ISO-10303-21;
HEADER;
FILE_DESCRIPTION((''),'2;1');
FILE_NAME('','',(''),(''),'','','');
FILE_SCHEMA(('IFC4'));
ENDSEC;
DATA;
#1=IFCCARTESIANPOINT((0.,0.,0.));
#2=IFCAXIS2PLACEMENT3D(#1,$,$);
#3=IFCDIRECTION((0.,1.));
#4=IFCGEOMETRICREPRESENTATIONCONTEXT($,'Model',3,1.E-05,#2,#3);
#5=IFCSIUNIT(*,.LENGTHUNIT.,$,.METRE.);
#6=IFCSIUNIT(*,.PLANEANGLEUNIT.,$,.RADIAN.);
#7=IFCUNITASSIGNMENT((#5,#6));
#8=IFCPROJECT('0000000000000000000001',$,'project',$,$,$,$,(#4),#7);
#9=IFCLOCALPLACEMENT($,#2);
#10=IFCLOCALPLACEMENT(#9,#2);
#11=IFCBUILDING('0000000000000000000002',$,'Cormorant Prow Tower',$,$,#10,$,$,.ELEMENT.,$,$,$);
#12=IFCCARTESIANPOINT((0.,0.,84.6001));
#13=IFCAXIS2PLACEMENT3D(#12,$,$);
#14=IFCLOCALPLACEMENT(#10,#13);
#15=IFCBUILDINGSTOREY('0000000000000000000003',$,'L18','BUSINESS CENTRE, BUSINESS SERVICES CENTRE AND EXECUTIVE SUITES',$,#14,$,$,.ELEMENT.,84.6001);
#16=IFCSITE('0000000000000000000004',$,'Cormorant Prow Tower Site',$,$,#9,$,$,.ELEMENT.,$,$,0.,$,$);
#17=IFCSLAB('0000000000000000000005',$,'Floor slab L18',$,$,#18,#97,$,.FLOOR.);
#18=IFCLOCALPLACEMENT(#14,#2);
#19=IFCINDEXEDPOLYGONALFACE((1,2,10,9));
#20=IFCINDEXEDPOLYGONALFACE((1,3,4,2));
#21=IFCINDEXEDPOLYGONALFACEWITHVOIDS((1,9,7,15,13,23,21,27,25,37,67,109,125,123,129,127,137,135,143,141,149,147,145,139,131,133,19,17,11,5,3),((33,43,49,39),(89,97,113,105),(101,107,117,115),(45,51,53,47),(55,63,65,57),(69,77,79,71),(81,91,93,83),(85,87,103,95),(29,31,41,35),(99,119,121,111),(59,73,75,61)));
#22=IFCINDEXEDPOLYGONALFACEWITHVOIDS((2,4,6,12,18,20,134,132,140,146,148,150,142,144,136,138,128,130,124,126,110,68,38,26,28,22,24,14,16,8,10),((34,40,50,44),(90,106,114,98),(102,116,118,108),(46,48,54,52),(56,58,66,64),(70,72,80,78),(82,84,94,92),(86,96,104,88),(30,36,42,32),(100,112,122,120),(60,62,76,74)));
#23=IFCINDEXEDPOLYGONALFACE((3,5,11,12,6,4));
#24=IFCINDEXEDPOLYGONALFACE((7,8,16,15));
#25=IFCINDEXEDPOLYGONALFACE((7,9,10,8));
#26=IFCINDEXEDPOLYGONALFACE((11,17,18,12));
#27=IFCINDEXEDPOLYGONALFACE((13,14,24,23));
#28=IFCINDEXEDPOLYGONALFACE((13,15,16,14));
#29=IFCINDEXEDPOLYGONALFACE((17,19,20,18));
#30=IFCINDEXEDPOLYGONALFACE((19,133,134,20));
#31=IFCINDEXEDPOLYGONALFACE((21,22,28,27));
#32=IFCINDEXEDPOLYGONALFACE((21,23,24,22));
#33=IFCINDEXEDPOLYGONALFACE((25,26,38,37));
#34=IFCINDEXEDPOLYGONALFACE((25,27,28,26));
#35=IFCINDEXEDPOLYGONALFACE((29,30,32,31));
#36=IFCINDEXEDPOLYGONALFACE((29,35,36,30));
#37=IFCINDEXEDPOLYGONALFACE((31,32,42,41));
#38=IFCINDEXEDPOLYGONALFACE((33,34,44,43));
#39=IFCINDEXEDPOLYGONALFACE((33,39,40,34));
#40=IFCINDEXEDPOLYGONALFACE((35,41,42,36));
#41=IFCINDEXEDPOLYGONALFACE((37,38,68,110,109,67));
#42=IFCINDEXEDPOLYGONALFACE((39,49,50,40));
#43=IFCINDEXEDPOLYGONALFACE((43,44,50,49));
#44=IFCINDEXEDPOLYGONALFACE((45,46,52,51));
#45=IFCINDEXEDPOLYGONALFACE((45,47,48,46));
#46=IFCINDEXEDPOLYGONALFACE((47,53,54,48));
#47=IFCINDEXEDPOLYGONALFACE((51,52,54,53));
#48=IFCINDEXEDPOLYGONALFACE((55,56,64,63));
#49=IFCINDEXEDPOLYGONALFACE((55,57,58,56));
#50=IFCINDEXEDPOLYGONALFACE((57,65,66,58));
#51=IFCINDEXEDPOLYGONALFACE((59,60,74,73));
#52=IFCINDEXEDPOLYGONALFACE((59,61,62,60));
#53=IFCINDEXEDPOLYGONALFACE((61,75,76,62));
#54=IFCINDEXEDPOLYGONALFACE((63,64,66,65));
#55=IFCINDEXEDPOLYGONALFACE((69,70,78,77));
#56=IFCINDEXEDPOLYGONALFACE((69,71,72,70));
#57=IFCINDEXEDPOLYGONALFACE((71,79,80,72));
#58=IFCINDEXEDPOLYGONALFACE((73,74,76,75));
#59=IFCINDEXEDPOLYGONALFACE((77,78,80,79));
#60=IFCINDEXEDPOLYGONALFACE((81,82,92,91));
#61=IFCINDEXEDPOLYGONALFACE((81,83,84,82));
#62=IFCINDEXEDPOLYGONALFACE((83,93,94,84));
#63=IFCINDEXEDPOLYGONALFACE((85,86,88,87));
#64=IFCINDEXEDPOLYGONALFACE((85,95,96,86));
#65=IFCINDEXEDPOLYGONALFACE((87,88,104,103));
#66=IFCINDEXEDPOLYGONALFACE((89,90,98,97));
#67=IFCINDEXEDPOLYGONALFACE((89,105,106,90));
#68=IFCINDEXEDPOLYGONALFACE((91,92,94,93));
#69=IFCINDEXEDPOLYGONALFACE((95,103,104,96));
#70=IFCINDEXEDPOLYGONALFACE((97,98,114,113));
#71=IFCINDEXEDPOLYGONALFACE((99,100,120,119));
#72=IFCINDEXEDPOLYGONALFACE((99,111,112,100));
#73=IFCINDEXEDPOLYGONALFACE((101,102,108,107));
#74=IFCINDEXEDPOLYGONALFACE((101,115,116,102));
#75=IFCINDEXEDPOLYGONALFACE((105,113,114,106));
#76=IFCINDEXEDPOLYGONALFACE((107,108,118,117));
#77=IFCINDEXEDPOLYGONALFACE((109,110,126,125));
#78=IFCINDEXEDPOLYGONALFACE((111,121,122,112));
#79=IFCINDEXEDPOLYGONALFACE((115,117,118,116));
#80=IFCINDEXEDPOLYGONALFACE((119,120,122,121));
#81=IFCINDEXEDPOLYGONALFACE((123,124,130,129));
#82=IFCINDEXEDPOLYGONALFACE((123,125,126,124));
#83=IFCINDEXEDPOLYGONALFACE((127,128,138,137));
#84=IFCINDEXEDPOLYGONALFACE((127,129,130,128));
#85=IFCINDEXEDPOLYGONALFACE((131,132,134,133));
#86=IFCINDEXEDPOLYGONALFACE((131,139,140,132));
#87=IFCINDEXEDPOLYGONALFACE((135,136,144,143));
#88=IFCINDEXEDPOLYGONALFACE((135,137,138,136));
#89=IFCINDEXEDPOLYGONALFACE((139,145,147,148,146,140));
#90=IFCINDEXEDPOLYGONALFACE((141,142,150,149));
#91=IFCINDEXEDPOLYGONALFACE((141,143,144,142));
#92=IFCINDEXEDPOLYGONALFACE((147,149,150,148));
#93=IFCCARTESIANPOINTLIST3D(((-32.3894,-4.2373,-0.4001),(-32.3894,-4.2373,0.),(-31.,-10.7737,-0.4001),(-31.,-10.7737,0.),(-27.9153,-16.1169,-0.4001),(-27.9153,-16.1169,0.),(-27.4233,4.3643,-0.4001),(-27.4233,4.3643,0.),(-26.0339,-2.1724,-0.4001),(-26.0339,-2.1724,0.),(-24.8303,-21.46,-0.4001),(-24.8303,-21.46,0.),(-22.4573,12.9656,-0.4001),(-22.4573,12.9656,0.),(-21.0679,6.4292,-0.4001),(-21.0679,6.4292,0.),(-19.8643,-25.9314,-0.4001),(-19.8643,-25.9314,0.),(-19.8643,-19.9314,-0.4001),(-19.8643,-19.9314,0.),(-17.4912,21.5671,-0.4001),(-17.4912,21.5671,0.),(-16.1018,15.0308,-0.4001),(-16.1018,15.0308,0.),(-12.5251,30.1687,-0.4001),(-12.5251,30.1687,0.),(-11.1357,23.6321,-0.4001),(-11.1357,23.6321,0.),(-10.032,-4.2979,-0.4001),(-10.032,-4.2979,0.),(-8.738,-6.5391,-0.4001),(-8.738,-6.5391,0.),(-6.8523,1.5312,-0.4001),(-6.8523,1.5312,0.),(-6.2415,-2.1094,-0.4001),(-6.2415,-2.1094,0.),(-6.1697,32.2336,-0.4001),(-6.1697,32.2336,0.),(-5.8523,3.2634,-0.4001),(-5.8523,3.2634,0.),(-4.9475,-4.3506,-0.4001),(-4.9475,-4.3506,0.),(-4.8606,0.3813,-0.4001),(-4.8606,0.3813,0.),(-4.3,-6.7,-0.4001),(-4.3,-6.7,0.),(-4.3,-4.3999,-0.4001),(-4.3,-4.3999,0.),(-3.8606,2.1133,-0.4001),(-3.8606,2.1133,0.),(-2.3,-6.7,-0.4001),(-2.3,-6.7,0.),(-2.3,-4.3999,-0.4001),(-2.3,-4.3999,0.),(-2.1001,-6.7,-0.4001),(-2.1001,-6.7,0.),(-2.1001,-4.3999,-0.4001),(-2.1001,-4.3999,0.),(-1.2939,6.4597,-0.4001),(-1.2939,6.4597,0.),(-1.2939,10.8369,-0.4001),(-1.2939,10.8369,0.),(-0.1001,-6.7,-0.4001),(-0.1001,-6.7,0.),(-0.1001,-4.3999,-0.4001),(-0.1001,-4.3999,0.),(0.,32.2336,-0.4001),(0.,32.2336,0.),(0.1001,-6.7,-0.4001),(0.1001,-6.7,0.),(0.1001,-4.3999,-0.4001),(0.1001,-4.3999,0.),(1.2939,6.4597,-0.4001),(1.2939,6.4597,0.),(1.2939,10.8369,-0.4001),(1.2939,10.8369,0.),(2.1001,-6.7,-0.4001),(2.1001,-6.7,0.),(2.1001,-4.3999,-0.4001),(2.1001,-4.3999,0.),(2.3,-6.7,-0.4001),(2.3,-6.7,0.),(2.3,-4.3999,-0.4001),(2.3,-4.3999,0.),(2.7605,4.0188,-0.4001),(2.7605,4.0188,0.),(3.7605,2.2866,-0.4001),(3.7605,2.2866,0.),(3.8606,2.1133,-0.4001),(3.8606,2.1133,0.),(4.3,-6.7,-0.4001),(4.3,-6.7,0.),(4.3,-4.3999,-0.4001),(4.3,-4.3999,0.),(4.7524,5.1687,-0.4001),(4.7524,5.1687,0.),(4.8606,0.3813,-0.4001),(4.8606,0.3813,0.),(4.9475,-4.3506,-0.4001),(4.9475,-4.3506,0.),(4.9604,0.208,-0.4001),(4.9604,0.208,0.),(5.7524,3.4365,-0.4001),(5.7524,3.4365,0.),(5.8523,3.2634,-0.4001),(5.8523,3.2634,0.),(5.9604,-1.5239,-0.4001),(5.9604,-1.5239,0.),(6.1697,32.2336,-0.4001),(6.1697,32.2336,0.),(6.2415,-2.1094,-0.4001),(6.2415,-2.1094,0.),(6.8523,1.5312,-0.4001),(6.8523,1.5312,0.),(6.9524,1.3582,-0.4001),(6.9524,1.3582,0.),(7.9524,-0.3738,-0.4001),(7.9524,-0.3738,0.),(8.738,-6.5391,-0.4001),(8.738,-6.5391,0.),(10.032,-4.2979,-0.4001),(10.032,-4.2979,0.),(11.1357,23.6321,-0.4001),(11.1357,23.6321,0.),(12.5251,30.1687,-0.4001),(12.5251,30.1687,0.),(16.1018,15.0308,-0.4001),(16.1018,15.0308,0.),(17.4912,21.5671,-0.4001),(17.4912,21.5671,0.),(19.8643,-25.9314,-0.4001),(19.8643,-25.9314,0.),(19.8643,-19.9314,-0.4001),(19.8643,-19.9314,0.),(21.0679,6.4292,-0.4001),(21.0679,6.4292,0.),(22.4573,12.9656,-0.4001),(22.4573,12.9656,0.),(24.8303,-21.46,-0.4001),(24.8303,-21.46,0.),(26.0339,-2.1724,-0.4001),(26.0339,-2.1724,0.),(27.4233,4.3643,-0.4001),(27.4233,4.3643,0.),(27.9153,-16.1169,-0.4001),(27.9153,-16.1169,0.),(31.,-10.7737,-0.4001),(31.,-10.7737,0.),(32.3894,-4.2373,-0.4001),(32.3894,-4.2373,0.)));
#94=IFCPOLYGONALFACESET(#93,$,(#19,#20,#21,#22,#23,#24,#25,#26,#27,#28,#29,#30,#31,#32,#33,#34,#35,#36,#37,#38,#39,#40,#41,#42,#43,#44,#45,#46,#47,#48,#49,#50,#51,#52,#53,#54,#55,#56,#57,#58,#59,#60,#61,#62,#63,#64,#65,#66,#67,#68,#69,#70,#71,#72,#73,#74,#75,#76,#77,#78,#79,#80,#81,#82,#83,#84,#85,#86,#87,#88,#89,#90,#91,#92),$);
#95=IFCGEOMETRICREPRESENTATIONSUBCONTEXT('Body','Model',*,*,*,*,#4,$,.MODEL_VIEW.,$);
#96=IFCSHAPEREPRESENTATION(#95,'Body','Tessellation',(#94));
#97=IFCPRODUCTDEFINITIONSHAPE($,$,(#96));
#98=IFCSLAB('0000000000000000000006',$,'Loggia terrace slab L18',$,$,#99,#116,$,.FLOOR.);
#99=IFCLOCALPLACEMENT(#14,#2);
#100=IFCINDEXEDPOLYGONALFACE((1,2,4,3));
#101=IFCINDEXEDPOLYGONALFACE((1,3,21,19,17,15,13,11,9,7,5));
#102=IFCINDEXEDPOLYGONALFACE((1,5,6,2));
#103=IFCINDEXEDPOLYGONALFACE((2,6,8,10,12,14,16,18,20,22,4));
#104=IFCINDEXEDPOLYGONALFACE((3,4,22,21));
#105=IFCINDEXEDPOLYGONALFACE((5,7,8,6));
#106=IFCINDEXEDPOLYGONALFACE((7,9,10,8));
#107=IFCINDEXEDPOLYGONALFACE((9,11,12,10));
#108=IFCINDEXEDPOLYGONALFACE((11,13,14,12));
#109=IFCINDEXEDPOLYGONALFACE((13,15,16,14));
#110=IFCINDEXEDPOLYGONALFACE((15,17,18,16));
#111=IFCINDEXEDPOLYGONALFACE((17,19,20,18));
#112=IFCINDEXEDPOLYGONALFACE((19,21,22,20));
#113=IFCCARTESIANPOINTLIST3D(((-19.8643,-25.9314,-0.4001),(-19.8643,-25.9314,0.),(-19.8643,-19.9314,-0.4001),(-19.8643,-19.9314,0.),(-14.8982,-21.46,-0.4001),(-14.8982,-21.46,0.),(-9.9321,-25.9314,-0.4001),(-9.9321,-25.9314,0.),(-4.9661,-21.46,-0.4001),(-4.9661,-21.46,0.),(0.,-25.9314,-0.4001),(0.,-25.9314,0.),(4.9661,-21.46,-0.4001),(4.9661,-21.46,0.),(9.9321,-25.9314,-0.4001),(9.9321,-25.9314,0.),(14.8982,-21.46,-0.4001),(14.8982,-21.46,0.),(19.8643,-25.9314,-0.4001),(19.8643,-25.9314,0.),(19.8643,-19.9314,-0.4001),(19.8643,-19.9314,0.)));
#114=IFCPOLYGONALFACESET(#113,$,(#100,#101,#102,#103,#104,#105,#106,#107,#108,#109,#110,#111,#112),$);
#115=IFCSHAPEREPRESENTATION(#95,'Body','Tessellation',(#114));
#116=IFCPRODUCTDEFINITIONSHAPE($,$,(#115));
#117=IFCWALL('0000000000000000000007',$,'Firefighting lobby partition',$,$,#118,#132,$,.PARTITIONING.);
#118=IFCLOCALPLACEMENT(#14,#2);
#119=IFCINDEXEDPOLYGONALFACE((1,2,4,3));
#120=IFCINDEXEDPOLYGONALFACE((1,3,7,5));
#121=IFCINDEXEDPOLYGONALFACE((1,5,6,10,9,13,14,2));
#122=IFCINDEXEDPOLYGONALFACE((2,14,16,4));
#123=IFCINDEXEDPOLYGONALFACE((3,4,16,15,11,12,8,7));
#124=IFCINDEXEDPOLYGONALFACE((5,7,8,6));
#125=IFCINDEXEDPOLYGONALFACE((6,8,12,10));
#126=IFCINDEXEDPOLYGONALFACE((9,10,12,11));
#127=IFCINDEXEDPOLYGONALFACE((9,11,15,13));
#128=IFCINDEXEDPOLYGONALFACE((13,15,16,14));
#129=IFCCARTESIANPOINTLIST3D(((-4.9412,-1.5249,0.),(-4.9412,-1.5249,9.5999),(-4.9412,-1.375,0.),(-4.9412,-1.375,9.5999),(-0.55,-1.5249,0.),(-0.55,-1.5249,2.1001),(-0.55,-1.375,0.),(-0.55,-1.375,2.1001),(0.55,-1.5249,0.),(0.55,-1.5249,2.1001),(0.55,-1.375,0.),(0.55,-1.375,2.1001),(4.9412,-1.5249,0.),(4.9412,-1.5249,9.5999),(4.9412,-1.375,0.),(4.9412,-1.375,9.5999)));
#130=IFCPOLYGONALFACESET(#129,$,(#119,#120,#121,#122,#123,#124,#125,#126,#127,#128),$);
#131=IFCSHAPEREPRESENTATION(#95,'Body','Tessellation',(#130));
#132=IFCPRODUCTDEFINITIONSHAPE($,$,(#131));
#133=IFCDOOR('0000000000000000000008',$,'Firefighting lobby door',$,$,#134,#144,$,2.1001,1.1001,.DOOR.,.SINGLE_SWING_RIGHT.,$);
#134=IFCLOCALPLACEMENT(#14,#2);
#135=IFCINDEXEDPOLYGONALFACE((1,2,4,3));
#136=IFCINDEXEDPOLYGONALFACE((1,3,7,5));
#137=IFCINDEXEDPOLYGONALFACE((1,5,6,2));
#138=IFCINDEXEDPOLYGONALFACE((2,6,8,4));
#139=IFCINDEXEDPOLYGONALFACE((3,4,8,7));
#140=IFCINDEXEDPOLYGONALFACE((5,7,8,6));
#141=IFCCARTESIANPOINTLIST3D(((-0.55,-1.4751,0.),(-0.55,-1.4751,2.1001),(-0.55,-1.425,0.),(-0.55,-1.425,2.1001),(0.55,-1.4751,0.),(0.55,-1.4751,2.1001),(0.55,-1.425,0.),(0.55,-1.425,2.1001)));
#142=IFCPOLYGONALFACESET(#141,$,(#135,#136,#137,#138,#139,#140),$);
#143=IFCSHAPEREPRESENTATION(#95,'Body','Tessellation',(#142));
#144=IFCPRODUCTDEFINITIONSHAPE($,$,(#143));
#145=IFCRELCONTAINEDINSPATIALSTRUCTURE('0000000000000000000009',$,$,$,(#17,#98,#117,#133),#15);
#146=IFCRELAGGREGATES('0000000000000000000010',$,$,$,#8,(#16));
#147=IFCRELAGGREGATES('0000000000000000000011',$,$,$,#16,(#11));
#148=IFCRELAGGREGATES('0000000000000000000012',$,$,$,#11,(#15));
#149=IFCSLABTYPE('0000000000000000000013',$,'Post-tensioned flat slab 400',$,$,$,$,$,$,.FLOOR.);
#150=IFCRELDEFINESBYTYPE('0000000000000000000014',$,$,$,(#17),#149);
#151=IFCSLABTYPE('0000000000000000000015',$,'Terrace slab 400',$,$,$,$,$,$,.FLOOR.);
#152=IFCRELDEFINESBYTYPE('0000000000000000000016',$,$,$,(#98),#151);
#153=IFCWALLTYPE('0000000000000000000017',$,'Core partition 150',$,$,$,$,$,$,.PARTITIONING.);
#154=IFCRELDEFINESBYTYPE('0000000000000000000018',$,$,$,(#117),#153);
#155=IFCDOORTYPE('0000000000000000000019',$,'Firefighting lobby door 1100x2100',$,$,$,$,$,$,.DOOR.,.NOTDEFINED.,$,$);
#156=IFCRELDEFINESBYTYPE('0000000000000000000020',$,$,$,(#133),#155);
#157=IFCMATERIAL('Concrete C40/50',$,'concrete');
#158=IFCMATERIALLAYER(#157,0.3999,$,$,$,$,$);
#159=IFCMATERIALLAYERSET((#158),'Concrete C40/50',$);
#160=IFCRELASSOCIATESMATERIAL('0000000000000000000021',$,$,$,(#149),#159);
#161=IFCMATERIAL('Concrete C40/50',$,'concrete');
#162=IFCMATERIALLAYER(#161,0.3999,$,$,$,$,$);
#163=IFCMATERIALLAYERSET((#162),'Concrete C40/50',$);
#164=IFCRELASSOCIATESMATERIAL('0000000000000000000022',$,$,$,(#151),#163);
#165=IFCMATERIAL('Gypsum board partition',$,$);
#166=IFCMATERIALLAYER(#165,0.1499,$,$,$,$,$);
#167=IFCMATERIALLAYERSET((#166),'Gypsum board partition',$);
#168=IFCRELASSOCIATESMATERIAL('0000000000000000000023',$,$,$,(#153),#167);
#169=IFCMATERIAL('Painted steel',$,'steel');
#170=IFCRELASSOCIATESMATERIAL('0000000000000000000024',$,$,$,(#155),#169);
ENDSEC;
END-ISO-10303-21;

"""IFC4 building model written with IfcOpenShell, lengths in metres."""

from ifc_helpers import new_model, si_unit, direction, frame, frame_2d, origin, place, context, subcontext, project, spatial, polyline, rectangle, outline, extrude, material, layer, layer_set, type_object, element, fill, save


model = new_model("IFC4")

# Units and contexts
model_context = context("Model", 3, precision=1e-05, world=origin(), true_north=direction((0.0, 1.0)))
body_context = subcontext(model_context, "Body", "Model", "MODEL_VIEW")
ifc_project = project(units=[si_unit("LENGTHUNIT", "METRE"), si_unit("PLANEANGLEUNIT", "RADIAN")], contexts=[model_context])

# Site, building, storey
site_placement = place(None, origin())
site = spatial("IfcSite", under=ifc_project, at=site_placement, Name="Cormorant Prow Tower Site", CompositionType="ELEMENT", RefElevation=0.0)
building_placement = place(site_placement, origin())
building = spatial("IfcBuilding", under=site, at=building_placement, Name="Cormorant Prow Tower", CompositionType="ELEMENT")
storey_placement = place(building_placement, frame((0.0, 0.0, 84.6001)))
storey = spatial("IfcBuildingStorey", under=building, at=storey_placement, Name="L18", Description="BUSINESS CENTRE, BUSINESS SERVICES CENTRE AND EXECUTIVE SUITES", CompositionType="ELEMENT", Elevation=84.6001)

# Slabs
ifc_material_1 = material(Name="Concrete C40/50", Category="concrete")
ifc_layer_1 = layer(ifc_material_1, 0.3999)
ifc_layer_set_1 = layer_set([ifc_layer_1], Name="Concrete C40/50")
slab_type_1 = type_object("IfcSlabType", Name="Post-tensioned flat slab 400", PredefinedType="FLOOR", material=ifc_layer_set_1)
slab_1_placement = place(storey_placement, frame((0.0, 0.0, -0.4001)))
element("IfcSlab", 1, at=slab_1_placement, inside=storey, type_object=slab_type_1, Name="Floor slab L18", PredefinedType="FLOOR", context=body_context, shape_type="SweptSolid", body=[
    extrude(outline(polyline([(-12.5251, 30.1687), (-11.1357, 23.6321), (-17.4912, 21.5671), (-16.1018, 15.0308), (-22.4573, 12.9656), (-21.0679, 6.4292), (-27.4233, 4.3643), (-26.0339, -2.1724), (-32.3894, -4.2373), (-31.0, -10.7737), (-27.9153, -16.1169), (-24.8303, -21.46), (-19.8643, -25.9314), (-19.8643, -19.9314), (19.8643, -19.9314), (19.8643, -25.9314), (24.8303, -21.46), (27.9153, -16.1169), (31.0, -10.7737), (32.3894, -4.2373), (26.0339, -2.1724), (27.4233, 4.3643), (21.0679, 6.4292), (22.4573, 12.9656), (16.1018, 15.0308), (17.4912, 21.5671), (11.1357, 23.6321), (12.5251, 30.1687), (6.1697, 32.2336), (0.0, 32.2336), (-6.1697, 32.2336), (-12.5251, 30.1687)]), holes=[polyline([(-4.3, -6.7), (-4.3, -4.3999), (-2.3, -4.3999), (-2.3, -6.7), (-4.3, -6.7)]), polyline([(-2.1001, -4.3999), (-0.1001, -4.3999), (-0.1001, -6.7), (-2.1001, -6.7), (-2.1001, -4.3999)]), polyline([(2.1001, -4.3999), (2.1001, -6.7), (0.1001, -6.7), (0.1001, -4.3999), (2.1001, -4.3999)]), polyline([(4.3, -6.7), (2.3, -6.7), (2.3, -4.3999), (4.3, -4.3999), (4.3, -6.7)]), polyline([(7.9524, -0.3738), (5.9604, -1.5239), (4.9604, 0.208), (6.9524, 1.3582), (7.9524, -0.3738)]), polyline([(4.8606, 0.3813), (3.8606, 2.1133), (5.8523, 3.2634), (6.8523, 1.5312), (4.8606, 0.3813)]), polyline([(2.7605, 4.0188), (4.7524, 5.1687), (5.7524, 3.4365), (3.7605, 2.2866), (2.7605, 4.0188)]), polyline([(-6.8523, 1.5312), (-5.8523, 3.2634), (-3.8606, 2.1133), (-4.8606, 0.3813), (-6.8523, 1.5312)]), polyline([(-4.9475, -4.3506), (-8.738, -6.5391), (-10.032, -4.2979), (-6.2415, -2.1094), (-4.9475, -4.3506)]), polyline([(10.032, -4.2979), (8.738, -6.5391), (4.9475, -4.3506), (6.2415, -2.1094), (10.032, -4.2979)]), polyline([(1.2939, 10.8369), (1.2939, 6.4597), (-1.2939, 6.4597), (-1.2939, 10.8369), (1.2939, 10.8369)])]), origin(), (0.0, 0.0, 1.0), 0.4001),
])
ifc_material_2 = material(Name="Concrete C40/50", Category="concrete")
ifc_layer_2 = layer(ifc_material_2, 0.3999)
ifc_layer_set_2 = layer_set([ifc_layer_2], Name="Concrete C40/50")
slab_type_2 = type_object("IfcSlabType", Name="Terrace slab 400", PredefinedType="FLOOR", material=ifc_layer_set_2)
slab_2_placement = place(storey_placement, frame((0.0, 0.0, -0.4001)))
element("IfcSlab", 2, at=slab_2_placement, inside=storey, type_object=slab_type_2, Name="Loggia terrace slab L18", PredefinedType="FLOOR", context=body_context, shape_type="SweptSolid", body=[
    extrude(outline(polyline([(-19.8643, -25.9314), (-14.8982, -21.46), (-9.9321, -25.9314), (-4.9661, -21.46), (0.0, -25.9314), (4.9661, -21.46), (9.9321, -25.9314), (14.8982, -21.46), (19.8643, -25.9314), (19.8643, -19.9314), (-19.8643, -19.9314), (-19.8643, -25.9314)])), origin(), (0.0, 0.0, 1.0), 0.4001),
])

# Wall, opening, door
ifc_material_3 = material(Name="Gypsum board partition")
ifc_layer_3 = layer(ifc_material_3, 0.1499)
ifc_layer_set_3 = layer_set([ifc_layer_3], Name="Gypsum board partition")
wall_type_1 = type_object("IfcWallType", Name="Core partition 150", PredefinedType="PARTITIONING", material=ifc_layer_set_3)
wall_1_placement = place(storey_placement, frame((-4.9412, -1.45, 0.0), z_axis=(0.0, 0.0, 1.0), x_axis=(1.0, 0.0, 0.0)))
wall_1 = element("IfcWall", 3, at=wall_1_placement, inside=storey, type_object=wall_type_1, Name="Firefighting lobby partition", PredefinedType="PARTITIONING", context=body_context, shape_type="SweptSolid", body=[
    extrude(rectangle(XDim=9.8823, YDim=0.1499, at=frame_2d((4.9412, 0.0))), origin(), (0.0, 0.0, 1.0), 9.5999),
])
opening_1_placement = place(wall_1_placement, frame((4.3911, 0.0, 0.0)))
opening_1 = element("IfcOpeningElement", 4, at=opening_1_placement, cuts=wall_1, PredefinedType="OPENING", context=body_context, shape_type="SweptSolid", body=[
    extrude(rectangle(XDim=1.1001, YDim=2.1001, at=frame_2d((0.55, 1.05))), frame((0.0, 0.085, 0.0), z_axis=(0.0, -1.0, 0.0), x_axis=(1.0, 0.0, 0.0)), (0.0, 0.0, 1.0), 0.1699),
])
ifc_material_4 = material(Name="Painted steel", Category="steel")
door_type_1 = type_object("IfcDoorType", Name="Firefighting lobby door 1100x2100", OperationType="NOTDEFINED", PredefinedType="DOOR", material=ifc_material_4)
door_1_placement = place(opening_1_placement, origin())
door_1 = element("IfcDoor", 5, at=door_1_placement, inside=storey, type_object=door_type_1, Name="Firefighting lobby door", OperationType="SINGLE_SWING_RIGHT", OverallHeight=2.1001, OverallWidth=1.1001, PredefinedType="DOOR", context=body_context, shape_type="SweptSolid", body=[
    extrude(rectangle(XDim=1.1001, YDim=2.1001, at=frame_2d((0.55, 1.05))), frame((0.0, 0.0249, 0.0), z_axis=(0.0, -1.0, 0.0), x_axis=(1.0, 0.0, 0.0)), (0.0, 0.0, 1.0), 0.05),
])
fill(opening_1, door_1)

save(model, "model.ifc")
